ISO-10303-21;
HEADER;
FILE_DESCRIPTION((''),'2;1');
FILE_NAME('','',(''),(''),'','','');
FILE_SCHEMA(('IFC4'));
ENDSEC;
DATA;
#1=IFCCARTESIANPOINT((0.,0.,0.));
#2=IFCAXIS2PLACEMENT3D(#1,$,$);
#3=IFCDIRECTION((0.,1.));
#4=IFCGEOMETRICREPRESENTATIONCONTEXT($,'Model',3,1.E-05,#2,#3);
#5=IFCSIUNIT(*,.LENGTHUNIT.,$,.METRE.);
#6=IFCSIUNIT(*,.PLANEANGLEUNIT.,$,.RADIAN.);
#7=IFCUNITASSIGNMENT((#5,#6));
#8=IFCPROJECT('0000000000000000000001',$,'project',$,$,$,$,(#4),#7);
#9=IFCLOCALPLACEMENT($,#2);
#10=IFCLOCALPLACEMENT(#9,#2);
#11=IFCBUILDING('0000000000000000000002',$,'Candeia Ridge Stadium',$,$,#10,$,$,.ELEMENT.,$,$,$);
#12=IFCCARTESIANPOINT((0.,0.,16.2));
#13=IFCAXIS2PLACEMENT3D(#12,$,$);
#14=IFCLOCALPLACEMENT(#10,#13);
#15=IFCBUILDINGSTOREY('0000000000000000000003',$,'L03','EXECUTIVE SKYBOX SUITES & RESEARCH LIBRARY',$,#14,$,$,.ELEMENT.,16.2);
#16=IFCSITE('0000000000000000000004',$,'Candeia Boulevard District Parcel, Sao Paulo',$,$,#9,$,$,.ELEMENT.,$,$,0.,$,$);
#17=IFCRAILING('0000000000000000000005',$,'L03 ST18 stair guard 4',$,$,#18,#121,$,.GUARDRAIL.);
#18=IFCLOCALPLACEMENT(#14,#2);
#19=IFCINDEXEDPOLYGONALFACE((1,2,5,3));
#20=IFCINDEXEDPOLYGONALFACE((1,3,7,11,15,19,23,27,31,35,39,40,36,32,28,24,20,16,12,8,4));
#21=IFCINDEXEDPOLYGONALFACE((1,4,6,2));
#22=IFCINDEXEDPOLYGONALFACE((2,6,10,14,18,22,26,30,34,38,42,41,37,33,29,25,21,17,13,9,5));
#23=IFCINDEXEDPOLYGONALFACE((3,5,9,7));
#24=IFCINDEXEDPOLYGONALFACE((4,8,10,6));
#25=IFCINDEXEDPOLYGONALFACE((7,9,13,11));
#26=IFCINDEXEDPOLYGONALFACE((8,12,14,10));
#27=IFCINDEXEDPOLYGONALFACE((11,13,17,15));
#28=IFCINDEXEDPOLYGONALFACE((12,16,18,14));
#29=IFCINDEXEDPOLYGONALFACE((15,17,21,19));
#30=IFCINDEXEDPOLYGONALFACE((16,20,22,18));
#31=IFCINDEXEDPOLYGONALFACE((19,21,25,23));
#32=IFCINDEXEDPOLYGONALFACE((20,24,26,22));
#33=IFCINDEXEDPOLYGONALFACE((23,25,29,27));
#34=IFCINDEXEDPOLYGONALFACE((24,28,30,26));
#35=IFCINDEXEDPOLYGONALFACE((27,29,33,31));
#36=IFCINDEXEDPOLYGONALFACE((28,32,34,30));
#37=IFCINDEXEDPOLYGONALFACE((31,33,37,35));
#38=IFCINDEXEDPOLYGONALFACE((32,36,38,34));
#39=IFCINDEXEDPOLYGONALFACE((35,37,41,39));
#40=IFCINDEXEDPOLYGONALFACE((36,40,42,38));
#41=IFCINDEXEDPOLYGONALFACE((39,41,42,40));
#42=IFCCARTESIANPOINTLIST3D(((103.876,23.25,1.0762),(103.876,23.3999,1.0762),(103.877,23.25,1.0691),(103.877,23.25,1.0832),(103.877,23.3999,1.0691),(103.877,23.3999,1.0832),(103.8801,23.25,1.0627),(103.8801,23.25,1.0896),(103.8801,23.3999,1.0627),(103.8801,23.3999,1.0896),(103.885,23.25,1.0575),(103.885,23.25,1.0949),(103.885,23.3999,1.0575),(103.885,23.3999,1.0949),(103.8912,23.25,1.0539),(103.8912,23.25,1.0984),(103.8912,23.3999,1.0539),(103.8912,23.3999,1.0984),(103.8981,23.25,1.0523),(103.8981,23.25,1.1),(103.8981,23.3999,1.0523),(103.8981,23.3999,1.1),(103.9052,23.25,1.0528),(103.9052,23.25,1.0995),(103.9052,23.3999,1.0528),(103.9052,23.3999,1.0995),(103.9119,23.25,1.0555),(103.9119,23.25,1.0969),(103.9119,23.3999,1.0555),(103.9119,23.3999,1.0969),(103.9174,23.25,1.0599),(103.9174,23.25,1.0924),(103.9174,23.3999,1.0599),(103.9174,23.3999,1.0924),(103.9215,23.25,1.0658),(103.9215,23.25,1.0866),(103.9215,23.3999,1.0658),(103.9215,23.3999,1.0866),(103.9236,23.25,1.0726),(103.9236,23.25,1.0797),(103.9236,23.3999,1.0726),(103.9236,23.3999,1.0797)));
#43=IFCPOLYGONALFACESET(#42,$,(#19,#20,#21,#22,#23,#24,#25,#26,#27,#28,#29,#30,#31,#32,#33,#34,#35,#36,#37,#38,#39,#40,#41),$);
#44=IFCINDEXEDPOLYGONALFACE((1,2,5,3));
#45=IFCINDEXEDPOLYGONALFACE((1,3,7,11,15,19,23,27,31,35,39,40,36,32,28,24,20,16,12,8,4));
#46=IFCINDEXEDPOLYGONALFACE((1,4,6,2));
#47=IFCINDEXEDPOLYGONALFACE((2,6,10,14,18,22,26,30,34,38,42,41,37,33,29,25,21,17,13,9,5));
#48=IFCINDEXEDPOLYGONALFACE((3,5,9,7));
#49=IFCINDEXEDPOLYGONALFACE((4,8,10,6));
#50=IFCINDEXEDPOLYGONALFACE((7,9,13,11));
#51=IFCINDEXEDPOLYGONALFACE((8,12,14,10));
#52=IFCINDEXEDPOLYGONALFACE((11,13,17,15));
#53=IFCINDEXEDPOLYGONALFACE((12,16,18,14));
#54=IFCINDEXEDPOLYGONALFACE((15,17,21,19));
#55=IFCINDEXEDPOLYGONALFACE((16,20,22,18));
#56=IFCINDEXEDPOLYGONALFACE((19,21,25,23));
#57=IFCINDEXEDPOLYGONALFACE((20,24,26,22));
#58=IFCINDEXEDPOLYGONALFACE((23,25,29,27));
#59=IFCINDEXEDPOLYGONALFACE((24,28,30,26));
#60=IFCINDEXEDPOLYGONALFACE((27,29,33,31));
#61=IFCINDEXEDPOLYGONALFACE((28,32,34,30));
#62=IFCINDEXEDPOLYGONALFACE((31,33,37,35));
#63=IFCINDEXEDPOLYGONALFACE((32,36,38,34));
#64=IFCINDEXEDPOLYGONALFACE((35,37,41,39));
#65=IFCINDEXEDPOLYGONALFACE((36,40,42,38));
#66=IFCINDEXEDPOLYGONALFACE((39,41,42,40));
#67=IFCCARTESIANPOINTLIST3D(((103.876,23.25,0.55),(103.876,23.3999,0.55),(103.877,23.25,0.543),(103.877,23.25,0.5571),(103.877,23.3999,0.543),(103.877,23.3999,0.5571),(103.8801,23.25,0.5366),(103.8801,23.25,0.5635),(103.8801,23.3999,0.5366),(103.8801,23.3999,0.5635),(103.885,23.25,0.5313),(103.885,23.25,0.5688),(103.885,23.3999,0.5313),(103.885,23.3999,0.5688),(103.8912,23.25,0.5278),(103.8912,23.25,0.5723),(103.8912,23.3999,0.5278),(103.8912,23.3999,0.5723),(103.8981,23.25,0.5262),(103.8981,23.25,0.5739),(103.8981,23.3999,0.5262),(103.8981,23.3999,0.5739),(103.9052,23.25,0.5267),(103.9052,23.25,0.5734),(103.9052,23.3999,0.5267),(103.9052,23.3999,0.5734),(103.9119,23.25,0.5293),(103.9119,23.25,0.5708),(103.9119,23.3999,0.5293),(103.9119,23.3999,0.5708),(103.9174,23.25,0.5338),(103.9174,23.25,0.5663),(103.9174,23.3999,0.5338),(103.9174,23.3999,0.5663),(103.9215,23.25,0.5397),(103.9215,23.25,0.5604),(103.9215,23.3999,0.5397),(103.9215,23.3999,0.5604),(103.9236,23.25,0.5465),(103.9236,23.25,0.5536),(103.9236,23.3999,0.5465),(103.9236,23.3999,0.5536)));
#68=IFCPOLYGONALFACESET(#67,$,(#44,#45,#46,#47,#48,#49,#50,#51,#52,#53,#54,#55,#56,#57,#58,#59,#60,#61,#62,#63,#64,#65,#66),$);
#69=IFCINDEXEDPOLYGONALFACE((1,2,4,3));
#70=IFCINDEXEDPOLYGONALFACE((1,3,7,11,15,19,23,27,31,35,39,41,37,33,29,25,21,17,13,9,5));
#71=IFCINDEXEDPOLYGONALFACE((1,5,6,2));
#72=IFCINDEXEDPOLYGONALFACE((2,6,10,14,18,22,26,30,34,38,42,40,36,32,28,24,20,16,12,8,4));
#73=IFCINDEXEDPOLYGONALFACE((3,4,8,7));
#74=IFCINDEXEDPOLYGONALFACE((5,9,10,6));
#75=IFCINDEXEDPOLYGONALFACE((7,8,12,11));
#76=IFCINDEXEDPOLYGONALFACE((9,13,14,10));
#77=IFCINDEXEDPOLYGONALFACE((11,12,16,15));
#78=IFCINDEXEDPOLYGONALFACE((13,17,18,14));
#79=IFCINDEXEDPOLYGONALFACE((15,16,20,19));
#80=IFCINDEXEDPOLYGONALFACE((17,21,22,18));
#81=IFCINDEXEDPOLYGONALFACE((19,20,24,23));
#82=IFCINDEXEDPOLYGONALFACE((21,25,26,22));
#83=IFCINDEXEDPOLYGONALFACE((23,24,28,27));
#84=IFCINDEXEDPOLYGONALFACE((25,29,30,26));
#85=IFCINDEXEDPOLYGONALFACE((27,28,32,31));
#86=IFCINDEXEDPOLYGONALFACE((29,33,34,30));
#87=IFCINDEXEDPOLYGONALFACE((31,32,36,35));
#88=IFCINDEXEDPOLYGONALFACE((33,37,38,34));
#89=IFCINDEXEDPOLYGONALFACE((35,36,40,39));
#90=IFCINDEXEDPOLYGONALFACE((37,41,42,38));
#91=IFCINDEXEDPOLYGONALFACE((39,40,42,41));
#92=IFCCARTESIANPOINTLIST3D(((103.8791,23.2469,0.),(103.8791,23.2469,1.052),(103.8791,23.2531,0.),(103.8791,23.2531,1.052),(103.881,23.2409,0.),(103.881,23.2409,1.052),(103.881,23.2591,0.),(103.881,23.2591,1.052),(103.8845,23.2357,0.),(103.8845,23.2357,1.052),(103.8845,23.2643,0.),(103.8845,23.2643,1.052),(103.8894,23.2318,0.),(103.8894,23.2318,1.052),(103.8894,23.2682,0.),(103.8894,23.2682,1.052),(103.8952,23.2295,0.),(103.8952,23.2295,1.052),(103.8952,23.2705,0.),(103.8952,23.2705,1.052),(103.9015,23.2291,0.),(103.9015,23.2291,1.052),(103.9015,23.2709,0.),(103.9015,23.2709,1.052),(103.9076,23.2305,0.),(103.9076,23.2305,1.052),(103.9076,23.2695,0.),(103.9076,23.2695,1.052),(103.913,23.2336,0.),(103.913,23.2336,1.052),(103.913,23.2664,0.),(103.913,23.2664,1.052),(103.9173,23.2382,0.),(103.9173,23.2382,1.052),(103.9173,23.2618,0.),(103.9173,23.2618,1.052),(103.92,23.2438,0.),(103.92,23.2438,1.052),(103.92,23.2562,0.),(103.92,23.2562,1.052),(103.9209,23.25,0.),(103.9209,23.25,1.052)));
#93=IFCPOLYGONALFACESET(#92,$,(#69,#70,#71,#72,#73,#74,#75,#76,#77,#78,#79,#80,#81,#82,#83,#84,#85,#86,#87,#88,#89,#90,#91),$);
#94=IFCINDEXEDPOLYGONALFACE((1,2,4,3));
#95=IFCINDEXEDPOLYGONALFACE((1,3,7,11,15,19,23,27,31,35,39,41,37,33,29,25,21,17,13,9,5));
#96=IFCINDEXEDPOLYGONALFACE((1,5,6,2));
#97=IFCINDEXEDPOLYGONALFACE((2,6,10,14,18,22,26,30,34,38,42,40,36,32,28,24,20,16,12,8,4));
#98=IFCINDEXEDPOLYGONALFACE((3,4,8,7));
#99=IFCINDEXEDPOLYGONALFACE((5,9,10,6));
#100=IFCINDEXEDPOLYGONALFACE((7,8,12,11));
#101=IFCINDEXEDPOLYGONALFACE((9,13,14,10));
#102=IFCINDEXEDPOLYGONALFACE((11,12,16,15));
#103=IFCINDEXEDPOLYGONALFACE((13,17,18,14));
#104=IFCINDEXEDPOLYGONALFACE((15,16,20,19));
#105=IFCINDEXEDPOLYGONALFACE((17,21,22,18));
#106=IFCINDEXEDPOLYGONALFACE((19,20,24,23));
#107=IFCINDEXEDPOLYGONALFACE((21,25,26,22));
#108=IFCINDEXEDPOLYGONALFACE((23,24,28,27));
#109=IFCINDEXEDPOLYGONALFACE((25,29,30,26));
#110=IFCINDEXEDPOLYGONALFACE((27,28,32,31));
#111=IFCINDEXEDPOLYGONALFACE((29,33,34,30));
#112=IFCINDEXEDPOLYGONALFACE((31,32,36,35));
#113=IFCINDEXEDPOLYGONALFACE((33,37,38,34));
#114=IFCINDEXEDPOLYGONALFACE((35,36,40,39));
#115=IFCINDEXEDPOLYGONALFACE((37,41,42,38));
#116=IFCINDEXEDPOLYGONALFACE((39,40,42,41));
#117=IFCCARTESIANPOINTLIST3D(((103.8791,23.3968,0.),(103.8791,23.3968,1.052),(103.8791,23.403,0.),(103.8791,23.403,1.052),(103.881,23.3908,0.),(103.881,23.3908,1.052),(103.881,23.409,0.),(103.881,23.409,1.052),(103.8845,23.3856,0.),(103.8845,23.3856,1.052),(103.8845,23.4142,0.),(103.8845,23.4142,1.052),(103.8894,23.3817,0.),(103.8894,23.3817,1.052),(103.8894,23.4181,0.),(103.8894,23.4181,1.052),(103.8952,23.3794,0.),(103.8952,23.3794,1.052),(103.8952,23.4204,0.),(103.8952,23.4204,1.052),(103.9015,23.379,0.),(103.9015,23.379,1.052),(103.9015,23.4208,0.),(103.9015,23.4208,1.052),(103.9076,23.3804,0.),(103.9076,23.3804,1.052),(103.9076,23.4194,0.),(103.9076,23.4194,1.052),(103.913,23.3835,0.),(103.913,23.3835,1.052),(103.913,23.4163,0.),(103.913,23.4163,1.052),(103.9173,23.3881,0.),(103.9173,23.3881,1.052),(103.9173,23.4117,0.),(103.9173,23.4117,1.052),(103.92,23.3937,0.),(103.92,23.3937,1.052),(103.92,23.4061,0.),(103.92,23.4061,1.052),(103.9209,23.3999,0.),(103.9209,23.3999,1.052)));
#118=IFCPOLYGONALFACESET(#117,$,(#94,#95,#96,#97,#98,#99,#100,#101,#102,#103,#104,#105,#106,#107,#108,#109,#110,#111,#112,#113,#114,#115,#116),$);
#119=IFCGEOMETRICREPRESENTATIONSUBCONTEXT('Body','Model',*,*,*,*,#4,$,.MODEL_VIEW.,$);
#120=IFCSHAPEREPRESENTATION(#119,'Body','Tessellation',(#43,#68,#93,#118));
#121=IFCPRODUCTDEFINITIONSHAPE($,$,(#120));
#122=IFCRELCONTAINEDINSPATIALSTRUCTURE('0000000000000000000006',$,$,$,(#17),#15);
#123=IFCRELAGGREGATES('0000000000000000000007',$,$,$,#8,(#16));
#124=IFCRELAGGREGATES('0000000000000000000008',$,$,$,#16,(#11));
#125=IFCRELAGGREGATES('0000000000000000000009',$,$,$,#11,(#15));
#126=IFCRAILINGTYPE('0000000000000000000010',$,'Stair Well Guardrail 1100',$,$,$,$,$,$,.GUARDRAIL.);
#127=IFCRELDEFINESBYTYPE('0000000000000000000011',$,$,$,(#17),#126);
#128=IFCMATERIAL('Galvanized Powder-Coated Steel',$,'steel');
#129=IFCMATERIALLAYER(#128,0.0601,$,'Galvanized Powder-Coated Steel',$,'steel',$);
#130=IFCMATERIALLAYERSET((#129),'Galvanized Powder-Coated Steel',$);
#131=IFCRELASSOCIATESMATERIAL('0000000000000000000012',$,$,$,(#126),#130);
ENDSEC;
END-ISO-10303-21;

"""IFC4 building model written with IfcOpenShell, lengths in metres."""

from ifc_helpers import new_model, si_unit, direction, frame, origin, origin_2d, place, context, subcontext, project, spatial, circle, extrude, material, layer, layer_set, type_object, element, save


model = new_model("IFC4")

# Units and contexts
model_context = context("Model", 3, precision=1e-05, world=origin(), true_north=direction((0.0, 1.0)))
body_context = subcontext(model_context, "Body", "Model", "MODEL_VIEW")
ifc_project = project(units=[si_unit("LENGTHUNIT", "METRE"), si_unit("PLANEANGLEUNIT", "RADIAN")], contexts=[model_context])

# Site, building, storey
site_placement = place(None, origin())
site = spatial("IfcSite", under=ifc_project, at=site_placement, Name="Candeia Boulevard District Parcel, Sao Paulo", CompositionType="ELEMENT", RefElevation=0.0)
building_placement = place(site_placement, origin())
building = spatial("IfcBuilding", under=site, at=building_placement, Name="Candeia Ridge Stadium", CompositionType="ELEMENT")
storey_placement = place(building_placement, frame((0.0, 0.0, 16.2)))
storey = spatial("IfcBuildingStorey", under=building, at=storey_placement, Name="L03", Description="EXECUTIVE SKYBOX SUITES & RESEARCH LIBRARY", CompositionType="ELEMENT", Elevation=16.2)

# Railing
ifc_material_1 = material(Name="Galvanized Powder-Coated Steel", Category="steel")
ifc_layer_1 = layer(ifc_material_1, 0.0601, Name="Galvanized Powder-Coated Steel", Category="steel")
ifc_layer_set_1 = layer_set([ifc_layer_1], Name="Galvanized Powder-Coated Steel")
railing_type = type_object("IfcRailingType", Name="Stair Well Guardrail 1100", PredefinedType="GUARDRAIL", material=ifc_layer_set_1)
railing_placement = place(storey_placement, frame((103.8999, 23.25, 0.0)))
element("IfcRailing", 1, at=railing_placement, inside=storey, type_object=railing_type, Name="L03 ST18 stair guard 4", PredefinedType="GUARDRAIL", context=body_context, shape_type="SweptSolid", body=[
    extrude(circle(Radius=0.0239, at=origin_2d()), frame((0.0, 0.0, 1.0762), z_axis=(0.0, 1.0, 0.0), x_axis=(-1.0, 0.0, 0.0)), (0.0, 0.0, 1.0), 0.1499),
    extrude(circle(Radius=0.0239, at=origin_2d()), frame((0.0, 0.0, 0.55), z_axis=(0.0, 1.0, 0.0), x_axis=(-1.0, 0.0, 0.0)), (0.0, 0.0, 1.0), 0.1499),
    extrude(circle(Radius=0.021, at=origin_2d()), origin(), (0.0, 0.0, 1.0), 1.052),
    extrude(circle(Radius=0.021, at=origin_2d()), frame((0.0, 0.1499, 0.0)), (0.0, 0.0, 1.0), 1.052),
])

save(model, "model.ifc")
